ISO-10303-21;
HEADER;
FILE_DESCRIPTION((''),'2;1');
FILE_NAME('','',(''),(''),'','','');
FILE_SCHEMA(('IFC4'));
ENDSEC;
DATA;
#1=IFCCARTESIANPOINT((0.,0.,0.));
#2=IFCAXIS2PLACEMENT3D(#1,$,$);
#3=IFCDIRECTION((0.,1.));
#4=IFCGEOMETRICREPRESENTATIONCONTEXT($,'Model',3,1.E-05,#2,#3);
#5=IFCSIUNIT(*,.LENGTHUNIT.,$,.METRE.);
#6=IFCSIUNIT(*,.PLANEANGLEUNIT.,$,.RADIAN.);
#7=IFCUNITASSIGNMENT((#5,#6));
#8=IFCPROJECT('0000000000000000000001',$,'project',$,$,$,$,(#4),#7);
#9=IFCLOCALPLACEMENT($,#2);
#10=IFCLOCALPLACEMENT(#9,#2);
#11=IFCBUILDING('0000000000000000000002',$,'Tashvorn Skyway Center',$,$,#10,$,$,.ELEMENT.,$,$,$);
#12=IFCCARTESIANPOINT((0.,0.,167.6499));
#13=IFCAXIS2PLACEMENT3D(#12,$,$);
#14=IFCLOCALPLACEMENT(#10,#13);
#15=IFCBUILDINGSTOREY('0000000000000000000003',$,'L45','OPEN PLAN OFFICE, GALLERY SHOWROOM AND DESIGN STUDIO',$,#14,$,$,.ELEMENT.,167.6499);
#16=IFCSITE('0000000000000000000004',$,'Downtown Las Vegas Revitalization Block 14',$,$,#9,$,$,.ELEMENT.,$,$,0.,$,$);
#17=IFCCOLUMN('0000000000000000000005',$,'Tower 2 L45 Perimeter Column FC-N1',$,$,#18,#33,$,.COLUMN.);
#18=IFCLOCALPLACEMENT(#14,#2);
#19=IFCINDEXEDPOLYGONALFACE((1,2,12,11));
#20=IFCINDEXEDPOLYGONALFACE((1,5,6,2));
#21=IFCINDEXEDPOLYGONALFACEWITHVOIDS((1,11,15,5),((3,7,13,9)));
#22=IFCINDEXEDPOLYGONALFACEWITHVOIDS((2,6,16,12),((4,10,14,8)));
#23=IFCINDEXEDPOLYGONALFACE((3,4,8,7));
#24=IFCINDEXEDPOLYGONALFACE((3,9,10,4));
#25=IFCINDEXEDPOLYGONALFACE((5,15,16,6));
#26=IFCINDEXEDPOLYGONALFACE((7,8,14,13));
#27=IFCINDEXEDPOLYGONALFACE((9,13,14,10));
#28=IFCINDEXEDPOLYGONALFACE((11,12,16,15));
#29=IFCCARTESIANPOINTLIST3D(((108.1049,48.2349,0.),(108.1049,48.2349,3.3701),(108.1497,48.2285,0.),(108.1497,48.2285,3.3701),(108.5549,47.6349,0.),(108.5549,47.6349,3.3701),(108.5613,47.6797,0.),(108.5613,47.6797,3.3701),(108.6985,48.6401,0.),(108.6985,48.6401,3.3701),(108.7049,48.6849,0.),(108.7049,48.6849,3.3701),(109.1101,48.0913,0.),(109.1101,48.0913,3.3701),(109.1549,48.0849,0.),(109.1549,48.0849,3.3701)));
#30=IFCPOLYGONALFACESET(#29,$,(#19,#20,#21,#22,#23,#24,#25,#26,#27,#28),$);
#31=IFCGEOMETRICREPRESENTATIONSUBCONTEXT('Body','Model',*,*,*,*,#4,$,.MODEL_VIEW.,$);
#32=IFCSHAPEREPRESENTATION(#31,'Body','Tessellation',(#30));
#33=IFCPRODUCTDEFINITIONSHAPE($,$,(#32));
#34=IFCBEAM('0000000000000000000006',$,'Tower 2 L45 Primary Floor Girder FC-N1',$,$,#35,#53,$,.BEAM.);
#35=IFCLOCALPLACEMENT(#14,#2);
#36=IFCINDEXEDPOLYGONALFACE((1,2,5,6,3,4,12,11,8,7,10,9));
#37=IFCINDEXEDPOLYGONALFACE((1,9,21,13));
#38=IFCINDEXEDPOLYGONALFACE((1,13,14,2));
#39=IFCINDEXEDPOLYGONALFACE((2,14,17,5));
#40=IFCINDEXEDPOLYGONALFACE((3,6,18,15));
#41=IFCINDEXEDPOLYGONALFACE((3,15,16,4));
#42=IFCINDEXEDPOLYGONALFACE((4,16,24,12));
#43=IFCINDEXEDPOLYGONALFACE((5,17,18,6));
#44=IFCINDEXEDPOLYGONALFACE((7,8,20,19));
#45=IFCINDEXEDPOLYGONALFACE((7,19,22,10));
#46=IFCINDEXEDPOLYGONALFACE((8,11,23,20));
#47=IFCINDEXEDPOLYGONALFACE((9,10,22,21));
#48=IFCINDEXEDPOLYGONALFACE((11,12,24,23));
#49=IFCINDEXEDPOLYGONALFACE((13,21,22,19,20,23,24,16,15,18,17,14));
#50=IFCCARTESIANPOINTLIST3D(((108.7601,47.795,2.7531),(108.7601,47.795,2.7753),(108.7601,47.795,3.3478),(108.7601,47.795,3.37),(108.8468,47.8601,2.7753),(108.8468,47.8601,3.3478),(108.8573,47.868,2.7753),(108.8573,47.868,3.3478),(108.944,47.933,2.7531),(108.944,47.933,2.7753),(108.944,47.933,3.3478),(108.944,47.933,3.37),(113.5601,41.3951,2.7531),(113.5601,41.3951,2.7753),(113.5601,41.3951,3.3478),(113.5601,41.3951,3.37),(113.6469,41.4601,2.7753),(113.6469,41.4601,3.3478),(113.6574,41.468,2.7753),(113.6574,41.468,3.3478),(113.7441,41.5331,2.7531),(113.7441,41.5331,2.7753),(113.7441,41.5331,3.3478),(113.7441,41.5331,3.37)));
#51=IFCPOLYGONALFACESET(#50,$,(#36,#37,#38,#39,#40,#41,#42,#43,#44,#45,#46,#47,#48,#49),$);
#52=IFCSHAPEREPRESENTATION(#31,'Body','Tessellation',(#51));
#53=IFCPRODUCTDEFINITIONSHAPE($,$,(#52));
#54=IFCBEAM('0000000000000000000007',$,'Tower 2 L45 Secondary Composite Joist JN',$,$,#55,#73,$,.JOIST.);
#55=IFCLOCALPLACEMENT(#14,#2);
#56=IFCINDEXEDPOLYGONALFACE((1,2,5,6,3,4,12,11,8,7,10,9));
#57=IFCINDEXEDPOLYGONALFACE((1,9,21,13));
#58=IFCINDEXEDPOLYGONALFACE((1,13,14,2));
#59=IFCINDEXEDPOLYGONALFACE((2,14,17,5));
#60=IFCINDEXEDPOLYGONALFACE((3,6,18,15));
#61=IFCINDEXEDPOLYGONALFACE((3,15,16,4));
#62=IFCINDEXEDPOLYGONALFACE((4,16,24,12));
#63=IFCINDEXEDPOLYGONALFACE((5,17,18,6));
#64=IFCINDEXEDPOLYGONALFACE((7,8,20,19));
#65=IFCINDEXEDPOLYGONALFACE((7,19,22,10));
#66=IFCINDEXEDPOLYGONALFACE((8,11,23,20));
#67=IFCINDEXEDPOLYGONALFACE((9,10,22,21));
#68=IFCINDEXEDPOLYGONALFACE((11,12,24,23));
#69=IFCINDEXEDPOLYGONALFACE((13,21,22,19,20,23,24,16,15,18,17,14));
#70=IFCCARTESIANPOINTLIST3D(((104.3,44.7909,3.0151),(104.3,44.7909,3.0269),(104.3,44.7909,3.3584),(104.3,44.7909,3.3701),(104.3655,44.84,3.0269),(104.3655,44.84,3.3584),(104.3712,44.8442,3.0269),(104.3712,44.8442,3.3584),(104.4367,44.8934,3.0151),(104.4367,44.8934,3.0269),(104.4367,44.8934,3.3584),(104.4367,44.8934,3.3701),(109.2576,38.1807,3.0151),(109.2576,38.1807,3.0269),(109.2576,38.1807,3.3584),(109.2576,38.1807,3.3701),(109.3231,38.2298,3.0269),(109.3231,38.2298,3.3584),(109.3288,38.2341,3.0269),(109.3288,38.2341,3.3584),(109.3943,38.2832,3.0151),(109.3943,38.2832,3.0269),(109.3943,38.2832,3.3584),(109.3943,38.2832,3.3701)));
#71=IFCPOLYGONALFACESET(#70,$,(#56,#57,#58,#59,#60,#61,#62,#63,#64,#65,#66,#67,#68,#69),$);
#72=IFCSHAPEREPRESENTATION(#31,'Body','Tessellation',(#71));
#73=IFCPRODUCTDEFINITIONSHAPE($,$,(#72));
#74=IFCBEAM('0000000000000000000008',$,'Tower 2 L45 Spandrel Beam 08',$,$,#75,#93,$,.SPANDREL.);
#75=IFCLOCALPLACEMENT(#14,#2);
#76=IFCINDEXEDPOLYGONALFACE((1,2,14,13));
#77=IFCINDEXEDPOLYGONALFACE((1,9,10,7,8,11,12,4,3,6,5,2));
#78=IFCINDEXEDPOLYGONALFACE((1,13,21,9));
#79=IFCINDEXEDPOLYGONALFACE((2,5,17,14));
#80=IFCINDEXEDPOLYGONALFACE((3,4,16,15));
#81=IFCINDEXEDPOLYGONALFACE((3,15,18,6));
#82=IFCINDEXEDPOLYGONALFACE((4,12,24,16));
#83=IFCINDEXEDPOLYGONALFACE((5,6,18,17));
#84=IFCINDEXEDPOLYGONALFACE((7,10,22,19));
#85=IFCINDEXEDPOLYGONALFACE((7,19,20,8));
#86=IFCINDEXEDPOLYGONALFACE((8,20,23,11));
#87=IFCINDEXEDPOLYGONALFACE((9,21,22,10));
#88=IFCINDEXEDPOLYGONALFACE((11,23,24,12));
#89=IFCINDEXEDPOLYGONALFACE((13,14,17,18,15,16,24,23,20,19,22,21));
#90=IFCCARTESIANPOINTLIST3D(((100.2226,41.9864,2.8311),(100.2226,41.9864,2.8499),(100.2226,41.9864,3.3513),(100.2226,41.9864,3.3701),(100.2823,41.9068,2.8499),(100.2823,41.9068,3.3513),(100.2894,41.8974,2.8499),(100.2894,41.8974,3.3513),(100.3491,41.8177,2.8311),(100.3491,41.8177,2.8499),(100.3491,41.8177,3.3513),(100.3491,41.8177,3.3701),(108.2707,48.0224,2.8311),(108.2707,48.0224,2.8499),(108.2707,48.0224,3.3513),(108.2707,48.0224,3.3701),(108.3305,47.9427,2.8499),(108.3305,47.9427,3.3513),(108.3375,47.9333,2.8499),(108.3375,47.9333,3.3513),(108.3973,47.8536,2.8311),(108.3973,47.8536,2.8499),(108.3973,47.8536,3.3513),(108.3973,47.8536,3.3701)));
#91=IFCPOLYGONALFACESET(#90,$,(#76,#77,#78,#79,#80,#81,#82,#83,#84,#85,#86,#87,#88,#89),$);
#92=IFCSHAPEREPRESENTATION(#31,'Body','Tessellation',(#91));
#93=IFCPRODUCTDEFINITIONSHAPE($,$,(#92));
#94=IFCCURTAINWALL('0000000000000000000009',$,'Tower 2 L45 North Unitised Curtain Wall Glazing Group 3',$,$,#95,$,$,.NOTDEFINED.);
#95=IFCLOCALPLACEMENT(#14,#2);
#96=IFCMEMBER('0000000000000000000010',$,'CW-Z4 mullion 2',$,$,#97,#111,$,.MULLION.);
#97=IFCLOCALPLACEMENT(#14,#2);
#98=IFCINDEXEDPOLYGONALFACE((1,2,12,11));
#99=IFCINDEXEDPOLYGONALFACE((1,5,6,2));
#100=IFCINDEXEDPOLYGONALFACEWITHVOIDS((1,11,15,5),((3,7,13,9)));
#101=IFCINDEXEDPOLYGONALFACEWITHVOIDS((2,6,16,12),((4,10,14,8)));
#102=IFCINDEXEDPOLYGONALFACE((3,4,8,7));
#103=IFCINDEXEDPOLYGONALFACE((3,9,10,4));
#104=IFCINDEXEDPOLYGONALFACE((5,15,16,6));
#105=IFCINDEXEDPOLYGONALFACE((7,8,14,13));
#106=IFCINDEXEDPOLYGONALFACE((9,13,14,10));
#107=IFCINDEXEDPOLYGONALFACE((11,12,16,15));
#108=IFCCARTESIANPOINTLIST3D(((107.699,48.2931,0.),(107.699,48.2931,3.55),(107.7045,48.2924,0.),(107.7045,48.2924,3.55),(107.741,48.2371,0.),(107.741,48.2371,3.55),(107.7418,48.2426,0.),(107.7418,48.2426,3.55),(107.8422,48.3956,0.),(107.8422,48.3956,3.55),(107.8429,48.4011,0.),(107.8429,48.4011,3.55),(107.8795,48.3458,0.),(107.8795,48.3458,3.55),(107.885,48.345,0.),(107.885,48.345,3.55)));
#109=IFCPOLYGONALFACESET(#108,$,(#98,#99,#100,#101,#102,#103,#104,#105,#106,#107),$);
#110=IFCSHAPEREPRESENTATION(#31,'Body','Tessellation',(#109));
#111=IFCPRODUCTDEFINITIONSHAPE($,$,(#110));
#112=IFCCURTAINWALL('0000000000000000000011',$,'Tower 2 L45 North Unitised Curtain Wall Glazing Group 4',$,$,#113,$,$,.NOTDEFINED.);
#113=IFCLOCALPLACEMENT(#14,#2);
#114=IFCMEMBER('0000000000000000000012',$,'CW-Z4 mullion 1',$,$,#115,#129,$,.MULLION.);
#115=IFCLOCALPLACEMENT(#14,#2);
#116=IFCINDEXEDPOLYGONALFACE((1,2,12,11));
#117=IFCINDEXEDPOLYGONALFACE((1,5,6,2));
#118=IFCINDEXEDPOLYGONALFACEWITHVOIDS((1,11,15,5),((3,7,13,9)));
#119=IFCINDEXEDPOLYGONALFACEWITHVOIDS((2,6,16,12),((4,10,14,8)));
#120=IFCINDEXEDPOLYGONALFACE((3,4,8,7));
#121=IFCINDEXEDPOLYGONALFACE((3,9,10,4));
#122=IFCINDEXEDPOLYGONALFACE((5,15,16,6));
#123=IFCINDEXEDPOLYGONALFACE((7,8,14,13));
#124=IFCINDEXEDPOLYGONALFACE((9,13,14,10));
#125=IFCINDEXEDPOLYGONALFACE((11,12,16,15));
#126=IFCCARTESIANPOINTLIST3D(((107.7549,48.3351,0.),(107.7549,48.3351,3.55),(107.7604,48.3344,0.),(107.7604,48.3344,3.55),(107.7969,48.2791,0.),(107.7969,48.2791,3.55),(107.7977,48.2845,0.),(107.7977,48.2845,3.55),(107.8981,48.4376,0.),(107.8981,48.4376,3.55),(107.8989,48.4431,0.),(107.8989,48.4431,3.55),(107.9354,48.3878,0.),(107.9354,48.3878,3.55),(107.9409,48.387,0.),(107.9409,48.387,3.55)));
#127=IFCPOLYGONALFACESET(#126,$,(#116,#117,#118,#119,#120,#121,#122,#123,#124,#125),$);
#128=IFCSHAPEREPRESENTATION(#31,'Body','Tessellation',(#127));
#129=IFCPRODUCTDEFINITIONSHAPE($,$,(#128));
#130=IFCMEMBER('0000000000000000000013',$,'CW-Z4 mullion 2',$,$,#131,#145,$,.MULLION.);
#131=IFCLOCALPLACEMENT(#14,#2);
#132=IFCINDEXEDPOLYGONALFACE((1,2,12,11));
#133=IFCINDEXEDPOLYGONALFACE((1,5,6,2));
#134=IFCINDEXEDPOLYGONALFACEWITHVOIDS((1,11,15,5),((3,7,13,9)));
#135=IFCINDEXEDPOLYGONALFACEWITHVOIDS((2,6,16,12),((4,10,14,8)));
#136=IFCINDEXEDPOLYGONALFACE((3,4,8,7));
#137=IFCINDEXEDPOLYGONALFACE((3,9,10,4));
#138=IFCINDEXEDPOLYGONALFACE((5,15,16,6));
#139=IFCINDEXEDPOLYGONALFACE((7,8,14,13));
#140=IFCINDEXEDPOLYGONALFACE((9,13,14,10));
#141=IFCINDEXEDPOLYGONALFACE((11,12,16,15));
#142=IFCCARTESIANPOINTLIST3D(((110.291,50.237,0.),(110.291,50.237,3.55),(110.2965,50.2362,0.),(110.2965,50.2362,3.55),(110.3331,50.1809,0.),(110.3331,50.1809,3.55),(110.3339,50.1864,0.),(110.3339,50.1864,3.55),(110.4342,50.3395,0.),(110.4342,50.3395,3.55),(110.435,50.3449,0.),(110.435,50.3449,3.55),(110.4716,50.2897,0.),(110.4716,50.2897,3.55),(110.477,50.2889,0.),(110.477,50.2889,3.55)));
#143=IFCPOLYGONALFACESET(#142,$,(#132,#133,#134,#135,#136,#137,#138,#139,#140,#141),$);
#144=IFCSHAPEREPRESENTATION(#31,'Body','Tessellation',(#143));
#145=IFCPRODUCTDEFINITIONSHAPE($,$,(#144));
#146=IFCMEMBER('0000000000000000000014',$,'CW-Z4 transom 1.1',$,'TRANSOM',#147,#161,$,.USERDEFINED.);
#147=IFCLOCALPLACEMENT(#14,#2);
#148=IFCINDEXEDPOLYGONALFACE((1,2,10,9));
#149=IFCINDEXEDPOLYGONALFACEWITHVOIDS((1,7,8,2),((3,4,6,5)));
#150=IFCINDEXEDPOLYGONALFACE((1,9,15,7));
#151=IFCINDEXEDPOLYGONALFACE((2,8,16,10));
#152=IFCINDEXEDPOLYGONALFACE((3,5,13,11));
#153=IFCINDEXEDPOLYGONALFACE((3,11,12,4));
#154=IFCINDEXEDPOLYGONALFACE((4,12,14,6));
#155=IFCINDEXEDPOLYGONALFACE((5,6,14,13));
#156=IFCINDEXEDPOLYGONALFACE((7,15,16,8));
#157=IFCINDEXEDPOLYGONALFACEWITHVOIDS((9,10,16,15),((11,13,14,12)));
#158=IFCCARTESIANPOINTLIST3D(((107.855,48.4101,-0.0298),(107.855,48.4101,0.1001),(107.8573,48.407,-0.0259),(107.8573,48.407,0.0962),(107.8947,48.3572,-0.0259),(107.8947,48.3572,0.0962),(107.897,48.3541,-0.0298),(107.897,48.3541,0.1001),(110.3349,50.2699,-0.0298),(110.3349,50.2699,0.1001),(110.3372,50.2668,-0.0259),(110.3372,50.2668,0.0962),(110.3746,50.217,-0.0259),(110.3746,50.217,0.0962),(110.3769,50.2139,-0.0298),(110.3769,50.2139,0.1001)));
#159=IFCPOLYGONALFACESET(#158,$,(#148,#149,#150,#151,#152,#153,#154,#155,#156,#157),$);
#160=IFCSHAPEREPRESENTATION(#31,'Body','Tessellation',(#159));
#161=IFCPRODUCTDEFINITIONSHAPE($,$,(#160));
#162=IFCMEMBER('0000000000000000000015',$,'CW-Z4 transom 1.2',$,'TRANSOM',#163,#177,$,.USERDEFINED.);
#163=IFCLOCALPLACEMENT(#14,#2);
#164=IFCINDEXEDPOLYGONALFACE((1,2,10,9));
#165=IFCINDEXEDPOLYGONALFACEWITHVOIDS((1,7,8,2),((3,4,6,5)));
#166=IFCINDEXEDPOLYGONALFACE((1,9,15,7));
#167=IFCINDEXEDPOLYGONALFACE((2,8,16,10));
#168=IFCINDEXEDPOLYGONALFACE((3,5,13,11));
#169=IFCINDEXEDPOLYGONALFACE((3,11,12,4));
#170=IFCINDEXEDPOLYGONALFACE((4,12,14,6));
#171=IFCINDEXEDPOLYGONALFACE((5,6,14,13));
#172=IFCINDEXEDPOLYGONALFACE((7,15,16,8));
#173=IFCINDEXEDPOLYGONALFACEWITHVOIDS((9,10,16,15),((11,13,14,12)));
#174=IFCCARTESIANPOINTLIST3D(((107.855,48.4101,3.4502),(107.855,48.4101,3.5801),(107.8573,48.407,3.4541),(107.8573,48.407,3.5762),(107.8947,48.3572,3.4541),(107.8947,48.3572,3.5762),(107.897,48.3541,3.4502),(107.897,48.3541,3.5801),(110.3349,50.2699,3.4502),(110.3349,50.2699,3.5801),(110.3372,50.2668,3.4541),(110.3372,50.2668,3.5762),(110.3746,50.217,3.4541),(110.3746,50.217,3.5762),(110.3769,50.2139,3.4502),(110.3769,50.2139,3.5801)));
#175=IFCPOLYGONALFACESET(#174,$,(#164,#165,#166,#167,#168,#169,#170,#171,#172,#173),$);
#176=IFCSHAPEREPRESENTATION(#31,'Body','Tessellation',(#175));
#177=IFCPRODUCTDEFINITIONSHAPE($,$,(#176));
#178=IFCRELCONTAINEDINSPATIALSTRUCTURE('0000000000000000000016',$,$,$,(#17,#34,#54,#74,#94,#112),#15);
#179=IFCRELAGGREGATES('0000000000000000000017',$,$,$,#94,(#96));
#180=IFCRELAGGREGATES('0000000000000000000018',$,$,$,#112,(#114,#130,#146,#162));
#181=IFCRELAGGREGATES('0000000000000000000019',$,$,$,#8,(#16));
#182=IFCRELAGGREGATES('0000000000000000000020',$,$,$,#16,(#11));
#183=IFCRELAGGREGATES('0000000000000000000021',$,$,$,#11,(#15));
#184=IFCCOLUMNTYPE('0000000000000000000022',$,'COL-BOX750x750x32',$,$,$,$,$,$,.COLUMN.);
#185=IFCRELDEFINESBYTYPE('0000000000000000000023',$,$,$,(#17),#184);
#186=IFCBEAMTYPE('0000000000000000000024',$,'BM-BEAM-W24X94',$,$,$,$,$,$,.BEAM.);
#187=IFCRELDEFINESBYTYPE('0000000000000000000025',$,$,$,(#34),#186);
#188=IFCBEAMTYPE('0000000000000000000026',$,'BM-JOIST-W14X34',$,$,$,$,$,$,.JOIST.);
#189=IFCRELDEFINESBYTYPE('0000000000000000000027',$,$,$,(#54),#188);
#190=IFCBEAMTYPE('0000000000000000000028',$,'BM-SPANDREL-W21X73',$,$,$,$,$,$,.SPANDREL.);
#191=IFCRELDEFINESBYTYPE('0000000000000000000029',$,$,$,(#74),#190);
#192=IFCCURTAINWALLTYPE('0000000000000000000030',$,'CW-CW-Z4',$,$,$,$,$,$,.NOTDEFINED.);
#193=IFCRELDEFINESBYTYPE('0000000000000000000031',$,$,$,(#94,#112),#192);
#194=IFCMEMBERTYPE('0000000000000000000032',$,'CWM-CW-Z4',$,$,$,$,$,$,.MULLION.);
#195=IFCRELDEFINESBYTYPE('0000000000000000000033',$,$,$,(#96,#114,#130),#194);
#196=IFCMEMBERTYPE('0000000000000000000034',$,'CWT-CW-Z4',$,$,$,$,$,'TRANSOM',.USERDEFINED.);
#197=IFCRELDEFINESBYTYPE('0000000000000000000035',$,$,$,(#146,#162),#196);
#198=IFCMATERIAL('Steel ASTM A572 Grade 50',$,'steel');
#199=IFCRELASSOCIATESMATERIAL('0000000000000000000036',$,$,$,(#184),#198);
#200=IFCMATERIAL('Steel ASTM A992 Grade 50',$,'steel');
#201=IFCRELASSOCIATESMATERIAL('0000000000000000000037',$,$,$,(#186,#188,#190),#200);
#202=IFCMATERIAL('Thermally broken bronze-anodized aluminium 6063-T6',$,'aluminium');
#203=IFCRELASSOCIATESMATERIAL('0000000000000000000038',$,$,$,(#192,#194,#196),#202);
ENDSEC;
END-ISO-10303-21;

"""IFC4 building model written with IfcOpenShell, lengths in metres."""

from ifc_helpers import new_model, si_unit, direction, frame, origin, origin_2d, place, context, subcontext, project, spatial, hollow_rectangle, i_section, extrude, material, material_profile, profile_set, type_object, element, aggregate, save


model = new_model("IFC4")

# Units and contexts
model_context = context("Model", 3, precision=1e-05, world=origin(), true_north=direction((0.0, 1.0)))
body_context = subcontext(model_context, "Body", "Model", "MODEL_VIEW")
ifc_project = project(units=[si_unit("LENGTHUNIT", "METRE"), si_unit("PLANEANGLEUNIT", "RADIAN")], contexts=[model_context])

# Site, building, storey
site_placement = place(None, origin())
site = spatial("IfcSite", under=ifc_project, at=site_placement, Name="Downtown Las Vegas Revitalization Block 14", CompositionType="ELEMENT", RefElevation=0.0)
building_placement = place(site_placement, origin())
building = spatial("IfcBuilding", under=site, at=building_placement, Name="Tashvorn Skyway Center", CompositionType="ELEMENT")
storey_placement = place(building_placement, frame((0.0, 0.0, 167.6499)))
storey = spatial("IfcBuildingStorey", under=building, at=storey_placement, Name="L45", Description="OPEN PLAN OFFICE, GALLERY SHOWROOM AND DESIGN STUDIO", CompositionType="ELEMENT", Elevation=167.6499)

# Column
ifc_material_1 = material(Name="Steel ASTM A572 Grade 50", Category="steel")
ifc_material_profile_1 = material_profile(ifc_material_1, hollow_rectangle(XDim=0.75, YDim=0.75, WallThickness=0.032, at=origin_2d()), Name="BOX750x750x32")
ifc_profile_set_1 = profile_set([ifc_material_profile_1], Name="Steel ASTM A572 Grade 50")
column_type = type_object("IfcColumnType", Name="COL-BOX750x750x32", PredefinedType="COLUMN", material=ifc_profile_set_1)
column_placement = place(storey_placement, frame((108.6299, 48.1599, 0.0), z_axis=(0.0, 0.0, 1.0), x_axis=(0.8, 0.6, 0.0)))
element("IfcColumn", 1, at=column_placement, inside=storey, type_object=column_type, Name="Tower 2 L45 Perimeter Column FC-N1", PredefinedType="COLUMN", context=body_context, shape_type="SweptSolid", body=[
    extrude(hollow_rectangle(XDim=0.75, YDim=0.75, WallThickness=0.032, at=origin_2d()), origin(), (0.0, 0.0, 1.0), 3.3701),
])

# Beams
ifc_material_2 = material(Name="Steel ASTM A992 Grade 50", Category="steel")
ifc_material_profile_2 = material_profile(ifc_material_2, i_section(OverallWidth=0.23, OverallDepth=0.6169, WebThickness=0.0132, FlangeThickness=0.0222, at=origin_2d()), Name="W24X94")
ifc_profile_set_2 = profile_set([ifc_material_profile_2], Name="Steel ASTM A992 Grade 50")
beam_type_1 = type_object("IfcBeamType", Name="BM-BEAM-W24X94", PredefinedType="BEAM", material=ifc_profile_set_2)
beam_1_placement = place(storey_placement, frame((108.8521, 47.864, 3.0615), z_axis=(0.60001, -0.799993, 0.0), x_axis=(0.799993, 0.60001, 0.0)))
element("IfcBeam", 2, at=beam_1_placement, inside=storey, type_object=beam_type_1, Name="Tower 2 L45 Primary Floor Girder FC-N1", PredefinedType="BEAM", context=body_context, shape_type="SweptSolid", body=[
    extrude(i_section(OverallWidth=0.23, OverallDepth=0.6169, WebThickness=0.0132, FlangeThickness=0.0222, at=origin_2d()), origin(), (0.0, 0.0, 1.0), 8.0),
])
ifc_material_profile_3 = material_profile(ifc_material_2, i_section(OverallWidth=0.1709, OverallDepth=0.355, WebThickness=0.0071, FlangeThickness=0.0117, at=origin_2d()), Name="W14X34")
ifc_profile_set_3 = profile_set([ifc_material_profile_3], Name="Steel ASTM A992 Grade 50")
beam_type_2 = type_object("IfcBeamType", Name="BM-JOIST-W14X34", PredefinedType="JOIST", material=ifc_profile_set_3)
beam_2_placement = place(storey_placement, frame((109.3259, 38.2319, 3.1926), z_axis=(-0.599995, 0.800004, 0.0), x_axis=(-0.800004, -0.599995, 0.0)))
element("IfcBeam", 3, at=beam_2_placement, inside=storey, type_object=beam_type_2, Name="Tower 2 L45 Secondary Composite Joist JN", PredefinedType="JOIST", context=body_context, shape_type="SweptSolid", body=[
    extrude(i_section(OverallWidth=0.1709, OverallDepth=0.355, WebThickness=0.0071, FlangeThickness=0.0117, at=origin_2d()), origin(), (0.0, 0.0, 1.0), 8.2627),
])
ifc_material_profile_4 = material_profile(ifc_material_2, i_section(OverallWidth=0.2109, OverallDepth=0.5391, WebThickness=0.0117, FlangeThickness=0.0188, at=origin_2d()), Name="W21X73")
ifc_profile_set_4 = profile_set([ifc_material_profile_4], Name="Steel ASTM A992 Grade 50")
beam_type_3 = type_object("IfcBeamType", Name="BM-SPANDREL-W21X73", PredefinedType="SPANDREL", material=ifc_profile_set_4)
beam_3_placement = place(storey_placement, frame((108.334, 47.938, 3.1006), z_axis=(-0.800009, -0.599988, 0.0), x_axis=(0.599988, -0.800009, 0.0)))
element("IfcBeam", 4, at=beam_3_placement, inside=storey, type_object=beam_type_3, Name="Tower 2 L45 Spandrel Beam 08", PredefinedType="SPANDREL", context=body_context, shape_type="SweptSolid", body=[
    extrude(i_section(OverallWidth=0.2109, OverallDepth=0.5391, WebThickness=0.0117, FlangeThickness=0.0188, at=origin_2d()), origin(), (0.0, 0.0, 1.0), 10.0601),
])

# Curtain wall, member
ifc_material_3 = material(Name="Thermally broken bronze-anodized aluminium 6063-T6", Category="aluminium")
curtain_wall_type = type_object("IfcCurtainWallType", Name="CW-CW-Z4", PredefinedType="NOTDEFINED", material=ifc_material_3)
curtain_wall_1_placement = place(storey_placement, origin())
curtain_wall_1 = element("IfcCurtainWall", 5, at=curtain_wall_1_placement, inside=storey, type_object=curtain_wall_type, Name="Tower 2 L45 North Unitised Curtain Wall Glazing Group 3", PredefinedType="NOTDEFINED")
ifc_material_profile_5 = material_profile(ifc_material_3, hollow_rectangle(XDim=0.0701, YDim=0.1799, WallThickness=0.0039, at=origin_2d()), Name="ALU-MULL-70x180")
ifc_profile_set_5 = profile_set([ifc_material_profile_5], Name="Thermally broken bronze-anodized aluminium 6063-T6")
member_type_1 = type_object("IfcMemberType", Name="CWM-CW-Z4", PredefinedType="MULLION", material=ifc_profile_set_5)
member_1_placement = place(storey_placement, frame((107.792, 48.3191, 0.0), z_axis=(0.0, 0.0, 1.0), x_axis=(-0.6, 0.8, 0.0)))
member_1 = element("IfcMember", 6, at=member_1_placement, type_object=member_type_1, Name="CW-Z4 mullion 2", PredefinedType="MULLION", context=body_context, shape_type="SweptSolid", body=[
    extrude(hollow_rectangle(XDim=0.0701, YDim=0.1799, WallThickness=0.0039, at=origin_2d()), origin(), (0.0, 0.0, 1.0), 3.55),
])

# Curtain wall, members
curtain_wall_2_placement = place(storey_placement, origin())
curtain_wall_2 = element("IfcCurtainWall", 7, at=curtain_wall_2_placement, inside=storey, type_object=curtain_wall_type, Name="Tower 2 L45 North Unitised Curtain Wall Glazing Group 4", PredefinedType="NOTDEFINED")
member_2_placement = place(storey_placement, frame((107.8479, 48.3611, 0.0), z_axis=(0.0, 0.0, 1.0), x_axis=(-0.6, 0.8, 0.0)))
member_2 = element("IfcMember", 8, at=member_2_placement, type_object=member_type_1, Name="CW-Z4 mullion 1", PredefinedType="MULLION", context=body_context, shape_type="SweptSolid", body=[
    extrude(hollow_rectangle(XDim=0.0701, YDim=0.1799, WallThickness=0.0039, at=origin_2d()), origin(), (0.0, 0.0, 1.0), 3.55),
])
member_3_placement = place(storey_placement, frame((110.384, 50.2629, 0.0), z_axis=(0.0, 0.0, 1.0), x_axis=(-0.6, 0.8, 0.0)))
member_3 = element("IfcMember", 9, at=member_3_placement, type_object=member_type_1, Name="CW-Z4 mullion 2", PredefinedType="MULLION", context=body_context, shape_type="SweptSolid", body=[
    extrude(hollow_rectangle(XDim=0.0701, YDim=0.1799, WallThickness=0.0039, at=origin_2d()), origin(), (0.0, 0.0, 1.0), 3.55),
])
ifc_material_profile_6 = material_profile(ifc_material_3, hollow_rectangle(XDim=0.0701, YDim=0.1299, WallThickness=0.0039, at=origin_2d()), Name="ALU-TRAN-70x130")
ifc_profile_set_6 = profile_set([ifc_material_profile_6], Name="Thermally broken bronze-anodized aluminium 6063-T6")
member_type_2 = type_object("IfcMemberType", Name="CWT-CW-Z4", ElementType="TRANSOM", PredefinedType="USERDEFINED", material=ifc_profile_set_6)
member_4_placement = place(storey_placement, frame((107.876, 48.3821, 0.0352), z_axis=(0.800019, 0.599975, 0.0), x_axis=(-0.599975, 0.800019, 0.0)))
member_4 = element("IfcMember", 10, at=member_4_placement, type_object=member_type_2, Name="CW-Z4 transom 1.1", ObjectType="TRANSOM", PredefinedType="USERDEFINED", context=body_context, shape_type="SweptSolid", body=[
    extrude(hollow_rectangle(XDim=0.0701, YDim=0.1299, WallThickness=0.0039, at=origin_2d()), origin(), (0.0, 0.0, 1.0), 3.0999),
])
member_5_placement = place(storey_placement, frame((107.876, 48.3821, 3.5151), z_axis=(0.800019, 0.599975, 0.0), x_axis=(-0.599975, 0.800019, 0.0)))
member_5 = element("IfcMember", 11, at=member_5_placement, type_object=member_type_2, Name="CW-Z4 transom 1.2", ObjectType="TRANSOM", PredefinedType="USERDEFINED", context=body_context, shape_type="SweptSolid", body=[
    extrude(hollow_rectangle(XDim=0.0701, YDim=0.1299, WallThickness=0.0039, at=origin_2d()), origin(), (0.0, 0.0, 1.0), 3.0999),
])

aggregate(curtain_wall_1, [member_1])
aggregate(curtain_wall_2, [member_2, member_3, member_4, member_5])

save(model, "model.ifc")
